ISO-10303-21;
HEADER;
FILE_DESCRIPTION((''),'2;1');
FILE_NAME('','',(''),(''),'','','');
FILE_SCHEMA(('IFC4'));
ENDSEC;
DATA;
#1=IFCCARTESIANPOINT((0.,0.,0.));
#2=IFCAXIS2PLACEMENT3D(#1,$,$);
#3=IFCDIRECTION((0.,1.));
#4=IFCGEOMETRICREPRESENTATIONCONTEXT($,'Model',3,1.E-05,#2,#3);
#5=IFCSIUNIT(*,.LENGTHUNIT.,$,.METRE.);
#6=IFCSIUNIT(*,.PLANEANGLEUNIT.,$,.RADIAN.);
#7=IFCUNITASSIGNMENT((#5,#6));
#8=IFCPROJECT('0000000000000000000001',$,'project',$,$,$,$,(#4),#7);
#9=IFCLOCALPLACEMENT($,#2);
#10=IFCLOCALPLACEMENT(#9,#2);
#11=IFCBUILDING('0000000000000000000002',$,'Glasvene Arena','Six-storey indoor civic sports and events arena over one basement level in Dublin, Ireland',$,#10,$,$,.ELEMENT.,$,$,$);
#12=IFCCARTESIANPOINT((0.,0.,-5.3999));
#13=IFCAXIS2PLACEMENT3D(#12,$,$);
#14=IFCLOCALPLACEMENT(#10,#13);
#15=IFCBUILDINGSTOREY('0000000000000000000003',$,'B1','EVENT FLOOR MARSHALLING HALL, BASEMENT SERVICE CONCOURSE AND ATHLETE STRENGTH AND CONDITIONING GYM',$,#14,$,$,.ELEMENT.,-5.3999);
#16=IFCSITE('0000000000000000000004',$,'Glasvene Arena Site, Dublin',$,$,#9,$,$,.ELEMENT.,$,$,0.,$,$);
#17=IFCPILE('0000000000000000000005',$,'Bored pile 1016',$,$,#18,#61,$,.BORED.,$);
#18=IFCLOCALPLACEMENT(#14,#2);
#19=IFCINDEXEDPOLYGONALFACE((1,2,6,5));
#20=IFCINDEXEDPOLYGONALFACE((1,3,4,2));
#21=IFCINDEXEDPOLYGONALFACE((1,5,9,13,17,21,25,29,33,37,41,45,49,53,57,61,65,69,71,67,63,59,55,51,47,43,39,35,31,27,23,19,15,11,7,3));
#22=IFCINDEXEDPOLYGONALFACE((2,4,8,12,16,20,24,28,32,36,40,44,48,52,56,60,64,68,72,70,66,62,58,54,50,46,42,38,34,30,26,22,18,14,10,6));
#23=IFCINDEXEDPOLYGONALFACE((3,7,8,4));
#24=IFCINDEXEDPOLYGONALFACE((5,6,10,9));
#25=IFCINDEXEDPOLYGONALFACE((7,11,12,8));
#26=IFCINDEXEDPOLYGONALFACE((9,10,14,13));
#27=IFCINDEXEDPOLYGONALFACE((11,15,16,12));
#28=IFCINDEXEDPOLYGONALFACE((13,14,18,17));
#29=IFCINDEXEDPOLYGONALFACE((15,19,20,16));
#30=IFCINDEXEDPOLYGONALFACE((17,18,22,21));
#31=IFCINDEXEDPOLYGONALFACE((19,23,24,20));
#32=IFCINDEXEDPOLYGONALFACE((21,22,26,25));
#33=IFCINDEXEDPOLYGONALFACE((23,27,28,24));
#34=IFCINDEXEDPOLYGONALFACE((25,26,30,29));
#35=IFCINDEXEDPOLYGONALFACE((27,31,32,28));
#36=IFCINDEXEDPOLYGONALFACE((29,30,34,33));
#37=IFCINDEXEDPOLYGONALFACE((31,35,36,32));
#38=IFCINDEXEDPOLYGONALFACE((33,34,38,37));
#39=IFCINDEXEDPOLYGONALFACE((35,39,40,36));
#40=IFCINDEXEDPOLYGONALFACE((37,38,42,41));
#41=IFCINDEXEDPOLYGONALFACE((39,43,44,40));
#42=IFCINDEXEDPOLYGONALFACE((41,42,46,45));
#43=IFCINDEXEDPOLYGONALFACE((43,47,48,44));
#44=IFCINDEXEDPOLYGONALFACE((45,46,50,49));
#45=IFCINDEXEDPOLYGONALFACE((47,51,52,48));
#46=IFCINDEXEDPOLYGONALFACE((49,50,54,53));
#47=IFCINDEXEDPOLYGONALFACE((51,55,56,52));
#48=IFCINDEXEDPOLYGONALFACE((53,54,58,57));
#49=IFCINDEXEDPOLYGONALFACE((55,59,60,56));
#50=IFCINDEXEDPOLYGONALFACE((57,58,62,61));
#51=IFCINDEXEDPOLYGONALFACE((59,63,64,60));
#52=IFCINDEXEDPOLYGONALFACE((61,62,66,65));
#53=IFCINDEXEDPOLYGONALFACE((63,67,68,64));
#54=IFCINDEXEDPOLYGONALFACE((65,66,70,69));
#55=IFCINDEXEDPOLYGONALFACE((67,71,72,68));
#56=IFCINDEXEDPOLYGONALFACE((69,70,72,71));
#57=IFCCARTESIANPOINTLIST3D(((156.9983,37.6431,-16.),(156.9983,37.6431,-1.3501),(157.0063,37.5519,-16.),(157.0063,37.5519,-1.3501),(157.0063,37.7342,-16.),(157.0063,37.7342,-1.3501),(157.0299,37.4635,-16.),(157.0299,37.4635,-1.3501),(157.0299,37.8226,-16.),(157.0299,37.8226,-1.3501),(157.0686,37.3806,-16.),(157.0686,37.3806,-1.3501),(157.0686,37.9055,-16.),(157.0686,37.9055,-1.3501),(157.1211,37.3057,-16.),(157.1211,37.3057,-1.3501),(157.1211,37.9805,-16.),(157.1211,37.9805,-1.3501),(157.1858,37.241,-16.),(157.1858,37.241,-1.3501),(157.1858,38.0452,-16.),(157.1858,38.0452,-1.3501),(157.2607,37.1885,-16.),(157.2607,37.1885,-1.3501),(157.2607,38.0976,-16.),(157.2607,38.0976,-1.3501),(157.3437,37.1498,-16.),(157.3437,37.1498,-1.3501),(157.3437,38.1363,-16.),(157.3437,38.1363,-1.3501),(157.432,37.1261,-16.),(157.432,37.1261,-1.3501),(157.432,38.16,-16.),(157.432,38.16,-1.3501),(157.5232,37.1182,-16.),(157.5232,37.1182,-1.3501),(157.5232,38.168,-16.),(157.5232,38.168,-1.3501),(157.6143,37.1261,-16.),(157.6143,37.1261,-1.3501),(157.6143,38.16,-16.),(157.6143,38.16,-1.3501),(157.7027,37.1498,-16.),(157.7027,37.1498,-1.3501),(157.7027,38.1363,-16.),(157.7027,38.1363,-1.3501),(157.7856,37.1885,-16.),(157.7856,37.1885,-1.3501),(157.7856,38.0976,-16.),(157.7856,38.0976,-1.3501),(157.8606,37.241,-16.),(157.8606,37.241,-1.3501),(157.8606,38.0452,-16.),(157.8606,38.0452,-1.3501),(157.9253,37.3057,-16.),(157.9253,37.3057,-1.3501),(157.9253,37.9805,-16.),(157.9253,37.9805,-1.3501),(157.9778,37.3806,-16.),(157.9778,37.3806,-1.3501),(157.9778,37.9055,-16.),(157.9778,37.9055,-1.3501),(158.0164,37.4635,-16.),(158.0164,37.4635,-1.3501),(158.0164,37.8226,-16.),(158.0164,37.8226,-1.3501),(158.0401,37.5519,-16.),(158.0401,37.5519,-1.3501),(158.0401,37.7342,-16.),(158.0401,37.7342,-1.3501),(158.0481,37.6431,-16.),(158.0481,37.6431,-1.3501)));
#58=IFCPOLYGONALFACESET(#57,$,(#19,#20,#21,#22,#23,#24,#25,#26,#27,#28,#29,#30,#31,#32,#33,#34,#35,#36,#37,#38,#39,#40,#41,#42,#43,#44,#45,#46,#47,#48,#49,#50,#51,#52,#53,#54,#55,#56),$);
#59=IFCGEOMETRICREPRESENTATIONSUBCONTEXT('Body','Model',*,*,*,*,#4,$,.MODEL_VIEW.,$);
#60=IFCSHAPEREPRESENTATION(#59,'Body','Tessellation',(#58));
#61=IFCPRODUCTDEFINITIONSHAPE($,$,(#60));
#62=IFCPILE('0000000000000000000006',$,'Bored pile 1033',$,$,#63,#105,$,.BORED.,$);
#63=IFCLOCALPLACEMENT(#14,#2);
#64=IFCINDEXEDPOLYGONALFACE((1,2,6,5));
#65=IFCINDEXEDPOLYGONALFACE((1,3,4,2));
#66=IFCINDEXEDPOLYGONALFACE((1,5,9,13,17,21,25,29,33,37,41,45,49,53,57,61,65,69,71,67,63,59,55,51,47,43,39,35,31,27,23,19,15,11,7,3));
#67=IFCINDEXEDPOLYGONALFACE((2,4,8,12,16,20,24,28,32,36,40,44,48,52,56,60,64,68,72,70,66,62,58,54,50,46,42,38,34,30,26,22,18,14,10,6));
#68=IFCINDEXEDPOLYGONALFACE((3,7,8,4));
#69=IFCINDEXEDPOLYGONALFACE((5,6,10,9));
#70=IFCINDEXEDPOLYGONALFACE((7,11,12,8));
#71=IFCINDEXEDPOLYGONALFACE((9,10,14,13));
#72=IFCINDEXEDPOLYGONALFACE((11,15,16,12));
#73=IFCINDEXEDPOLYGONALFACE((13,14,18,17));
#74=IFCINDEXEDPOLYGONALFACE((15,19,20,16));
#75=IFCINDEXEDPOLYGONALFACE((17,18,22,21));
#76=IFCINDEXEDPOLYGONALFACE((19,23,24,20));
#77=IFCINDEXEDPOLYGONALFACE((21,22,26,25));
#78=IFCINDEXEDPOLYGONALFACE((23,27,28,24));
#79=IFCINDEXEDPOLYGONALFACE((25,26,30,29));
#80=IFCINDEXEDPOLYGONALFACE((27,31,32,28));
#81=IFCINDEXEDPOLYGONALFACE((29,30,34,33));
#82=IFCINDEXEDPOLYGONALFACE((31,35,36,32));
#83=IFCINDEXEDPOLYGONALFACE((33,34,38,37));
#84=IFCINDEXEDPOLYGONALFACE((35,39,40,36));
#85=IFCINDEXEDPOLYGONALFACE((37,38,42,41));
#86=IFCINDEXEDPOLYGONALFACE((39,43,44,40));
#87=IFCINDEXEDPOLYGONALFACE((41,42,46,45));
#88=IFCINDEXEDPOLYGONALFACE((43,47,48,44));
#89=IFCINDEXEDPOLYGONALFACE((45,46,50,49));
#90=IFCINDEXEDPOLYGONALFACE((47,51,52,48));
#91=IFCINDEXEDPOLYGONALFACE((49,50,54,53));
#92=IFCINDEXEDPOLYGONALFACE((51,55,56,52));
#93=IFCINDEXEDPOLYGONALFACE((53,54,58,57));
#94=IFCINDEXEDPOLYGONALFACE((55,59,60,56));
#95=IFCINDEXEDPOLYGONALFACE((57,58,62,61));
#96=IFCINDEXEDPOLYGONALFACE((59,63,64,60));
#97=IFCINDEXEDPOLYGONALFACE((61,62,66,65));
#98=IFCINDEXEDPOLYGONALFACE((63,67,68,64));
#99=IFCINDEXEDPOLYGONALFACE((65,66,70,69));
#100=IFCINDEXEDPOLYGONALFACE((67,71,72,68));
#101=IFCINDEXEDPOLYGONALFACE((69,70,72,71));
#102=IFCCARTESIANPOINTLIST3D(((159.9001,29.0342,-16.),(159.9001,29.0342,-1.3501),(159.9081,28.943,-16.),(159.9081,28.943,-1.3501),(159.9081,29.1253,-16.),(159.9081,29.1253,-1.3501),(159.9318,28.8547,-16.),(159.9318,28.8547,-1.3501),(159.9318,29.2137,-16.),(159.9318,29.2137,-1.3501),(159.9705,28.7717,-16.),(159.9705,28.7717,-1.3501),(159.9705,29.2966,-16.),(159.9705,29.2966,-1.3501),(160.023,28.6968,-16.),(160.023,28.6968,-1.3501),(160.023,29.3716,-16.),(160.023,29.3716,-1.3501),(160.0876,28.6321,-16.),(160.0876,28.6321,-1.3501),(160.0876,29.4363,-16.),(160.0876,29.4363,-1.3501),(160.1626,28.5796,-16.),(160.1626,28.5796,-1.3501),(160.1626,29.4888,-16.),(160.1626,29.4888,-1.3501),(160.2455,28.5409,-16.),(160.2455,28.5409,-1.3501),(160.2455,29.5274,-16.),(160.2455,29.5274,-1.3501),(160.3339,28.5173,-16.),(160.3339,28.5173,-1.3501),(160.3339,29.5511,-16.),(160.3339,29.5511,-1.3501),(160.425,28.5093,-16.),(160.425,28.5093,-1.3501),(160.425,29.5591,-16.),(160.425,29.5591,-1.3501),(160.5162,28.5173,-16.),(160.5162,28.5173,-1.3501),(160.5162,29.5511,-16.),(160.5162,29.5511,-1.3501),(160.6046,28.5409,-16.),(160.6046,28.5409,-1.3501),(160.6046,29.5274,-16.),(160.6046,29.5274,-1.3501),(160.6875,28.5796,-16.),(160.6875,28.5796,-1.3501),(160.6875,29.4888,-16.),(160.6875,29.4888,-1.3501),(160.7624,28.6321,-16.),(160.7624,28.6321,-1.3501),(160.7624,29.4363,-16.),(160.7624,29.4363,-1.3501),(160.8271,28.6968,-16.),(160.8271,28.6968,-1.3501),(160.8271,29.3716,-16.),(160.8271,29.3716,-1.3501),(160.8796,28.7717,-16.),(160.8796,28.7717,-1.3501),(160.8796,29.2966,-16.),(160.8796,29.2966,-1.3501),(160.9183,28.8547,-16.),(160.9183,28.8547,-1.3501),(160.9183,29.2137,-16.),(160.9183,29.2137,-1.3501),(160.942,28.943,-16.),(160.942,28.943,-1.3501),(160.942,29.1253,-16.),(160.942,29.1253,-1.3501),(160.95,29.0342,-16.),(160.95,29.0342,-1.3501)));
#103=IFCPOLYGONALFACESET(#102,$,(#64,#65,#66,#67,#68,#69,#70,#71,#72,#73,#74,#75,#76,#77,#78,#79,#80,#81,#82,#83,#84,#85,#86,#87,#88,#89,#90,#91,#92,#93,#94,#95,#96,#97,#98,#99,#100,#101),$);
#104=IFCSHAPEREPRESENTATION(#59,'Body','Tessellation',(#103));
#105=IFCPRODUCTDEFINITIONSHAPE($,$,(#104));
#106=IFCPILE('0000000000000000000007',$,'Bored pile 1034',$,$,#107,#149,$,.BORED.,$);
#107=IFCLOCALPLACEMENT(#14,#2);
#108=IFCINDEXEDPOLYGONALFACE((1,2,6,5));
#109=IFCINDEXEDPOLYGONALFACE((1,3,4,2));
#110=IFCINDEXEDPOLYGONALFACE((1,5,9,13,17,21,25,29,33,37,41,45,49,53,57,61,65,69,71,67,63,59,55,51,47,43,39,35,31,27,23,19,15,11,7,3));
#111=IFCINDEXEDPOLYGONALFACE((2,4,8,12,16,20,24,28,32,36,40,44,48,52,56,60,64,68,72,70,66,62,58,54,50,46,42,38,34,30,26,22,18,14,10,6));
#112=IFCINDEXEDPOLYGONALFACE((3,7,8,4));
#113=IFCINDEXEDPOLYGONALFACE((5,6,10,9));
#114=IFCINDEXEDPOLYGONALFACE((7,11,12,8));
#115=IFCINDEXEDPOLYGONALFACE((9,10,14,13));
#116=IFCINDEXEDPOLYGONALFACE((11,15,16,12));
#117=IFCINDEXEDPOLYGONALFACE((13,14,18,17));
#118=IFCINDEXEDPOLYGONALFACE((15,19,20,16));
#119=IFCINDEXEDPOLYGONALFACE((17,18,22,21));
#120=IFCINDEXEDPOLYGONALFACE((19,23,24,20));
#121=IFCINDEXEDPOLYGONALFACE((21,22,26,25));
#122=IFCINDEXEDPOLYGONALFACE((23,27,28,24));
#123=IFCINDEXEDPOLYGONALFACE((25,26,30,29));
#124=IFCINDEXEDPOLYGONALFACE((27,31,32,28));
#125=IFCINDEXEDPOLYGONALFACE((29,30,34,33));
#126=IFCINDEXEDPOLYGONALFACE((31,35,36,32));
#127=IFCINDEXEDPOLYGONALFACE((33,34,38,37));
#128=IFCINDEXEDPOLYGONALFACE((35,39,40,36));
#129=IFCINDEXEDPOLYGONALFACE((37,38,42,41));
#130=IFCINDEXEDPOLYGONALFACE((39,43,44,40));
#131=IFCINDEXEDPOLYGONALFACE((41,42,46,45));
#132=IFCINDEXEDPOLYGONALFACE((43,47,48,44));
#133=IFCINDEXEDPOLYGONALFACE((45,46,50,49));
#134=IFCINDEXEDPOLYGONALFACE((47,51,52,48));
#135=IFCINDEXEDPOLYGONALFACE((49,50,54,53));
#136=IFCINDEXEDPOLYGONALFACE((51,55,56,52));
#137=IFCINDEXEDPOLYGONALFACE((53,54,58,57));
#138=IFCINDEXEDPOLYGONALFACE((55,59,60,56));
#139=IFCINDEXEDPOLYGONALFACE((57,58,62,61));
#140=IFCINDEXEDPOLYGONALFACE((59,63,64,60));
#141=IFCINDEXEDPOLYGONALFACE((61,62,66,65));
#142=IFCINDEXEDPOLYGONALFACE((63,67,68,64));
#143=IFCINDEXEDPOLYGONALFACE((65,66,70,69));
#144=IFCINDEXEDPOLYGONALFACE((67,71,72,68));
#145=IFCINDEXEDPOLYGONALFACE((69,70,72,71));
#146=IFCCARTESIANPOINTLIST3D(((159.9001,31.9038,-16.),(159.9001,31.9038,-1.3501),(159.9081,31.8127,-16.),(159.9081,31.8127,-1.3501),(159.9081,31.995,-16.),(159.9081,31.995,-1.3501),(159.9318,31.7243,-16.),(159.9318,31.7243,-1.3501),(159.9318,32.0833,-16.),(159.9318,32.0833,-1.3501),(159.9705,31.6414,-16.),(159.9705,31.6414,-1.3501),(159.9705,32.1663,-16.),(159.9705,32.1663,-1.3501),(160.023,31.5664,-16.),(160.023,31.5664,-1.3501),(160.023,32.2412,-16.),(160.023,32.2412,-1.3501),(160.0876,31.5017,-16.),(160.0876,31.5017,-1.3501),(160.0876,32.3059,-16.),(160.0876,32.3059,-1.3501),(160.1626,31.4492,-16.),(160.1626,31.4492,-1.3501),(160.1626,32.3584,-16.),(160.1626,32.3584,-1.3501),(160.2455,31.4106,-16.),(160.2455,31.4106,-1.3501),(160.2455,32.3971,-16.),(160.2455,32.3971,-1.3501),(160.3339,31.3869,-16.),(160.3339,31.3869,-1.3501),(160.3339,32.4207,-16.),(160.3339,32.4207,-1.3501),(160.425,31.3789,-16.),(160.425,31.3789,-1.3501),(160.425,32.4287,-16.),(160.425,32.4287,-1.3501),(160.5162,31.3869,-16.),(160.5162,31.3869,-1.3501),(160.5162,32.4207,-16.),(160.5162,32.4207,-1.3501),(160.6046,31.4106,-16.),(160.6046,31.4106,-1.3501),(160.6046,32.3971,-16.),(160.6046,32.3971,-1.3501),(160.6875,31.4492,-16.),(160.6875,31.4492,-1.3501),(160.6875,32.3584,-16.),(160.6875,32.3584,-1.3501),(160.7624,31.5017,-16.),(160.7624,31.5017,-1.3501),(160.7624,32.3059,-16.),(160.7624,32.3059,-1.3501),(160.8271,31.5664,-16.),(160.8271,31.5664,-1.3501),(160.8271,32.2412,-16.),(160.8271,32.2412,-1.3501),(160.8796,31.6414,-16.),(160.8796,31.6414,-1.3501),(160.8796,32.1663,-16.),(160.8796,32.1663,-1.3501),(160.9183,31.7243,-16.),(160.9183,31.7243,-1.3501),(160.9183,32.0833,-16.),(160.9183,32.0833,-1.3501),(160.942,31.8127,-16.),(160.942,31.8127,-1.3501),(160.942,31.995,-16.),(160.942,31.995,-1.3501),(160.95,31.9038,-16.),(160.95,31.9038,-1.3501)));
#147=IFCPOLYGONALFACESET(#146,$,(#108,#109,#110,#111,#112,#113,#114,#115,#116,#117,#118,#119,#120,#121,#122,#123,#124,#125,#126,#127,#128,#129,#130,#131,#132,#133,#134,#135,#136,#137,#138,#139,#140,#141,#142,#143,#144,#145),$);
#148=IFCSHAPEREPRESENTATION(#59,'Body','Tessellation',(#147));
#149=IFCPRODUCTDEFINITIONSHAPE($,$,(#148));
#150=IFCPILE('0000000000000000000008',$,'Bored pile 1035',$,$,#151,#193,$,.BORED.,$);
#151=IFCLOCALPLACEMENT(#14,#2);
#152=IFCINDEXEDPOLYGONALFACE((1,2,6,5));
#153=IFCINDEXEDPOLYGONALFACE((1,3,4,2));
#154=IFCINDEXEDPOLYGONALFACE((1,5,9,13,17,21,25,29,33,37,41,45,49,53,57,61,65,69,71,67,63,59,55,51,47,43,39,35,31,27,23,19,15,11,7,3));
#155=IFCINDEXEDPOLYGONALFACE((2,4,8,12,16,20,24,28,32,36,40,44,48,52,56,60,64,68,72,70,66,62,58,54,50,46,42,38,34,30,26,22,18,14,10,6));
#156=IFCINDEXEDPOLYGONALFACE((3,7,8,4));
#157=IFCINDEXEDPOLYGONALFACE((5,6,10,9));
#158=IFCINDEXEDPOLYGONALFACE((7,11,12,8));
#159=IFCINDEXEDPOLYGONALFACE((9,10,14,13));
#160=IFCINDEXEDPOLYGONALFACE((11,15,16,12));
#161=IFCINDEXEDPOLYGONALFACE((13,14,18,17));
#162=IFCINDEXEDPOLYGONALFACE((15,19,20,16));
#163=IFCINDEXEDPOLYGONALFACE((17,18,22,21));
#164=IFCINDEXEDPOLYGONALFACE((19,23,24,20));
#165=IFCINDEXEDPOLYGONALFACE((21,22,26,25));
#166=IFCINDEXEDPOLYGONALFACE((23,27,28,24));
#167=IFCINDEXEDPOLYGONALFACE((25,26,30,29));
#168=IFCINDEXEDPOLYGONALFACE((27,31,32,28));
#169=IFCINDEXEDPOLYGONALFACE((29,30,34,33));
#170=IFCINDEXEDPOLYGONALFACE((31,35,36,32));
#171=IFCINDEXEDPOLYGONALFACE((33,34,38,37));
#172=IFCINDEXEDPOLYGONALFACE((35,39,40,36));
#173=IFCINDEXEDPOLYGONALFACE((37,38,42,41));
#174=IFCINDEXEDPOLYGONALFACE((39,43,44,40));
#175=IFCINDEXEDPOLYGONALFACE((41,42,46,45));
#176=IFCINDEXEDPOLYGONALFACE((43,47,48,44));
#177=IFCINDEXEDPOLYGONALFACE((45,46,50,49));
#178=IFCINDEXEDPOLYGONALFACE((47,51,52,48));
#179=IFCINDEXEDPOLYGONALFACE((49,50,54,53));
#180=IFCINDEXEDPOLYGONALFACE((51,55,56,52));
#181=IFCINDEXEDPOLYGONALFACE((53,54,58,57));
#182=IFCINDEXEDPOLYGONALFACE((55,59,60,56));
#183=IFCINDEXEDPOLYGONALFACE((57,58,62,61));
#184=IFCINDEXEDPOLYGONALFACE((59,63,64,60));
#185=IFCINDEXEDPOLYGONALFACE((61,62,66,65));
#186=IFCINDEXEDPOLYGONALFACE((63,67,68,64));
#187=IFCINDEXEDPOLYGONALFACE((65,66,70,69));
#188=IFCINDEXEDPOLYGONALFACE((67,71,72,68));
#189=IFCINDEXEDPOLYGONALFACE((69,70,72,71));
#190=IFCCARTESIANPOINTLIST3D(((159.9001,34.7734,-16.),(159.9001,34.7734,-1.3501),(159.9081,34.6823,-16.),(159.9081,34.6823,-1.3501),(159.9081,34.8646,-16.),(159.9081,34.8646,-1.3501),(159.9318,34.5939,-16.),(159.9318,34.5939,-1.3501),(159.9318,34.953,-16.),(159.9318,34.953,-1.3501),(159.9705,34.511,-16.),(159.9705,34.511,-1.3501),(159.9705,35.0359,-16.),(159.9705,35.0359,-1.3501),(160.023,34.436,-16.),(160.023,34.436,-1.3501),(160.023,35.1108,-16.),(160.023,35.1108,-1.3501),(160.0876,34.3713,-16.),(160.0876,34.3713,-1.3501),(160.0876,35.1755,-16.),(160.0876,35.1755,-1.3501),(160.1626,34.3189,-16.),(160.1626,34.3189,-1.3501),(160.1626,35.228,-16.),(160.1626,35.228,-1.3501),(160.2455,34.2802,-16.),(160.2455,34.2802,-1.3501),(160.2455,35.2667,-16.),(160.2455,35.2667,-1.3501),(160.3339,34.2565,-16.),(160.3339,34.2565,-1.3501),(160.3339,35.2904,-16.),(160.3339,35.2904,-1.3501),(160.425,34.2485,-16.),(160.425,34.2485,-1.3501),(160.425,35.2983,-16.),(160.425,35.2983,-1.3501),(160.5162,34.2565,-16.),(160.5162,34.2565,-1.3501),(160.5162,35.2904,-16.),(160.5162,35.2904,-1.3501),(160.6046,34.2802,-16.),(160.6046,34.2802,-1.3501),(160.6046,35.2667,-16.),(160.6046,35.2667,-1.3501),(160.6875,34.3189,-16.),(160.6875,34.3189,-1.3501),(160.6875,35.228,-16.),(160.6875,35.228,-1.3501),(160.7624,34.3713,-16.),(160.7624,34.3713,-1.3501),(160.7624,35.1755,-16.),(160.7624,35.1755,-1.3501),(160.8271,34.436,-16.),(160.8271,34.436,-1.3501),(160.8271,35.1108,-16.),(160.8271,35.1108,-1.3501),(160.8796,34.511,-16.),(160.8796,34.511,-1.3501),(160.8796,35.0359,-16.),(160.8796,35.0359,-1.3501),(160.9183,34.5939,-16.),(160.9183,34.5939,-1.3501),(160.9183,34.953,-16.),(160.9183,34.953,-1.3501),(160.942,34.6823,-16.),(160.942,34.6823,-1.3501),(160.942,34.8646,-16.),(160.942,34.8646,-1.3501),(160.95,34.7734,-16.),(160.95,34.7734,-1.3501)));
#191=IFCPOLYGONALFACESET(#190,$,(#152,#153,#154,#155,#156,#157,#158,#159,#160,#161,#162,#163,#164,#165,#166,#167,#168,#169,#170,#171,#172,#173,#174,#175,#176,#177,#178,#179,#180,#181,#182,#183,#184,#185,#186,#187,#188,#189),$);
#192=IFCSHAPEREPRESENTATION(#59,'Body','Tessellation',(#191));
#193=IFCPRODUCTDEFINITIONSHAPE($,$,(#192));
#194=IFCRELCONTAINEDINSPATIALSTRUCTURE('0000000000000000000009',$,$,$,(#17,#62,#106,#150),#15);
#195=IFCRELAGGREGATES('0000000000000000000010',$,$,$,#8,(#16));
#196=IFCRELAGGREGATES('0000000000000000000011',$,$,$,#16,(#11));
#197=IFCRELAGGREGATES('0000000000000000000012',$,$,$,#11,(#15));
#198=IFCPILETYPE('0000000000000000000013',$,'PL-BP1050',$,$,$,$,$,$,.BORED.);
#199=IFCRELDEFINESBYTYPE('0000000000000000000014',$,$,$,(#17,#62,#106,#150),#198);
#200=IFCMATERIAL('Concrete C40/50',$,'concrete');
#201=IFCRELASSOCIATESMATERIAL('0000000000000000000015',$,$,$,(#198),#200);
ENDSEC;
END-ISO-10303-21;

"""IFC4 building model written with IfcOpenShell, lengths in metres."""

from ifc_helpers import new_model, si_unit, direction, frame, origin, origin_2d, place, context, subcontext, project, spatial, circle, extrude, material, material_profile, profile_set, type_object, element, save


model = new_model("IFC4")

# Units and contexts
model_context = context("Model", 3, precision=1e-05, world=origin(), true_north=direction((0.0, 1.0)))
body_context = subcontext(model_context, "Body", "Model", "MODEL_VIEW")
ifc_project = project(units=[si_unit("LENGTHUNIT", "METRE"), si_unit("PLANEANGLEUNIT", "RADIAN")], contexts=[model_context])

# Site, building, storey
site_placement = place(None, origin())
site = spatial("IfcSite", under=ifc_project, at=site_placement, Name="Glasvene Arena Site, Dublin", CompositionType="ELEMENT", RefElevation=0.0)
building_placement = place(site_placement, origin())
building = spatial("IfcBuilding", under=site, at=building_placement, Name="Glasvene Arena", Description="Six-storey indoor civic sports and events arena over one basement level in Dublin, Ireland", CompositionType="ELEMENT")
storey_placement = place(building_placement, frame((0.0, 0.0, -5.3999)))
storey = spatial("IfcBuildingStorey", under=building, at=storey_placement, Name="B1", Description="EVENT FLOOR MARSHALLING HALL, BASEMENT SERVICE CONCOURSE AND ATHLETE STRENGTH AND CONDITIONING GYM", CompositionType="ELEMENT", Elevation=-5.3999)

# Piles
ifc_material = material(Name="Concrete C40/50", Category="concrete")
ifc_material_profile = material_profile(ifc_material, circle(Radius=0.5249, at=origin_2d()), Name="BORED PILE 1050")
ifc_profile_set = profile_set([ifc_material_profile], Name="Concrete C40/50")
pile_type = type_object("IfcPileType", Name="PL-BP1050", PredefinedType="BORED", material=ifc_profile_set)
for number, where, z_axis, x_axis, name in (
    (1, (157.5232, 37.6431, -1.3501), (0.0, 0.0, -1.0), (1.0, 0.0, 0.0), "Bored pile 1016"),
    (2, (160.425, 29.0342, -1.3501), (0.0, 0.0, -1.0), (1.0, 0.0, 0.0), "Bored pile 1033"),
    (3, (160.425, 31.9038, -1.3501), (0.0, 0.0, -1.0), (1.0, 0.0, 0.0), "Bored pile 1034"),
    (4, (160.425, 34.7734, -1.3501), (0.0, 0.0, -1.0), (1.0, 0.0, 0.0), "Bored pile 1035"),
):
    element("IfcPile", number, at=place(storey_placement, frame(where, z_axis=z_axis, x_axis=x_axis)), inside=storey, type_object=pile_type, Name=name, PredefinedType="BORED", context=body_context, shape_type="SweptSolid", body=[
        extrude(circle(Radius=0.5249, at=origin_2d()), origin(), (0.0, 0.0, 1.0), 14.6499),
    ])

save(model, "model.ifc")
